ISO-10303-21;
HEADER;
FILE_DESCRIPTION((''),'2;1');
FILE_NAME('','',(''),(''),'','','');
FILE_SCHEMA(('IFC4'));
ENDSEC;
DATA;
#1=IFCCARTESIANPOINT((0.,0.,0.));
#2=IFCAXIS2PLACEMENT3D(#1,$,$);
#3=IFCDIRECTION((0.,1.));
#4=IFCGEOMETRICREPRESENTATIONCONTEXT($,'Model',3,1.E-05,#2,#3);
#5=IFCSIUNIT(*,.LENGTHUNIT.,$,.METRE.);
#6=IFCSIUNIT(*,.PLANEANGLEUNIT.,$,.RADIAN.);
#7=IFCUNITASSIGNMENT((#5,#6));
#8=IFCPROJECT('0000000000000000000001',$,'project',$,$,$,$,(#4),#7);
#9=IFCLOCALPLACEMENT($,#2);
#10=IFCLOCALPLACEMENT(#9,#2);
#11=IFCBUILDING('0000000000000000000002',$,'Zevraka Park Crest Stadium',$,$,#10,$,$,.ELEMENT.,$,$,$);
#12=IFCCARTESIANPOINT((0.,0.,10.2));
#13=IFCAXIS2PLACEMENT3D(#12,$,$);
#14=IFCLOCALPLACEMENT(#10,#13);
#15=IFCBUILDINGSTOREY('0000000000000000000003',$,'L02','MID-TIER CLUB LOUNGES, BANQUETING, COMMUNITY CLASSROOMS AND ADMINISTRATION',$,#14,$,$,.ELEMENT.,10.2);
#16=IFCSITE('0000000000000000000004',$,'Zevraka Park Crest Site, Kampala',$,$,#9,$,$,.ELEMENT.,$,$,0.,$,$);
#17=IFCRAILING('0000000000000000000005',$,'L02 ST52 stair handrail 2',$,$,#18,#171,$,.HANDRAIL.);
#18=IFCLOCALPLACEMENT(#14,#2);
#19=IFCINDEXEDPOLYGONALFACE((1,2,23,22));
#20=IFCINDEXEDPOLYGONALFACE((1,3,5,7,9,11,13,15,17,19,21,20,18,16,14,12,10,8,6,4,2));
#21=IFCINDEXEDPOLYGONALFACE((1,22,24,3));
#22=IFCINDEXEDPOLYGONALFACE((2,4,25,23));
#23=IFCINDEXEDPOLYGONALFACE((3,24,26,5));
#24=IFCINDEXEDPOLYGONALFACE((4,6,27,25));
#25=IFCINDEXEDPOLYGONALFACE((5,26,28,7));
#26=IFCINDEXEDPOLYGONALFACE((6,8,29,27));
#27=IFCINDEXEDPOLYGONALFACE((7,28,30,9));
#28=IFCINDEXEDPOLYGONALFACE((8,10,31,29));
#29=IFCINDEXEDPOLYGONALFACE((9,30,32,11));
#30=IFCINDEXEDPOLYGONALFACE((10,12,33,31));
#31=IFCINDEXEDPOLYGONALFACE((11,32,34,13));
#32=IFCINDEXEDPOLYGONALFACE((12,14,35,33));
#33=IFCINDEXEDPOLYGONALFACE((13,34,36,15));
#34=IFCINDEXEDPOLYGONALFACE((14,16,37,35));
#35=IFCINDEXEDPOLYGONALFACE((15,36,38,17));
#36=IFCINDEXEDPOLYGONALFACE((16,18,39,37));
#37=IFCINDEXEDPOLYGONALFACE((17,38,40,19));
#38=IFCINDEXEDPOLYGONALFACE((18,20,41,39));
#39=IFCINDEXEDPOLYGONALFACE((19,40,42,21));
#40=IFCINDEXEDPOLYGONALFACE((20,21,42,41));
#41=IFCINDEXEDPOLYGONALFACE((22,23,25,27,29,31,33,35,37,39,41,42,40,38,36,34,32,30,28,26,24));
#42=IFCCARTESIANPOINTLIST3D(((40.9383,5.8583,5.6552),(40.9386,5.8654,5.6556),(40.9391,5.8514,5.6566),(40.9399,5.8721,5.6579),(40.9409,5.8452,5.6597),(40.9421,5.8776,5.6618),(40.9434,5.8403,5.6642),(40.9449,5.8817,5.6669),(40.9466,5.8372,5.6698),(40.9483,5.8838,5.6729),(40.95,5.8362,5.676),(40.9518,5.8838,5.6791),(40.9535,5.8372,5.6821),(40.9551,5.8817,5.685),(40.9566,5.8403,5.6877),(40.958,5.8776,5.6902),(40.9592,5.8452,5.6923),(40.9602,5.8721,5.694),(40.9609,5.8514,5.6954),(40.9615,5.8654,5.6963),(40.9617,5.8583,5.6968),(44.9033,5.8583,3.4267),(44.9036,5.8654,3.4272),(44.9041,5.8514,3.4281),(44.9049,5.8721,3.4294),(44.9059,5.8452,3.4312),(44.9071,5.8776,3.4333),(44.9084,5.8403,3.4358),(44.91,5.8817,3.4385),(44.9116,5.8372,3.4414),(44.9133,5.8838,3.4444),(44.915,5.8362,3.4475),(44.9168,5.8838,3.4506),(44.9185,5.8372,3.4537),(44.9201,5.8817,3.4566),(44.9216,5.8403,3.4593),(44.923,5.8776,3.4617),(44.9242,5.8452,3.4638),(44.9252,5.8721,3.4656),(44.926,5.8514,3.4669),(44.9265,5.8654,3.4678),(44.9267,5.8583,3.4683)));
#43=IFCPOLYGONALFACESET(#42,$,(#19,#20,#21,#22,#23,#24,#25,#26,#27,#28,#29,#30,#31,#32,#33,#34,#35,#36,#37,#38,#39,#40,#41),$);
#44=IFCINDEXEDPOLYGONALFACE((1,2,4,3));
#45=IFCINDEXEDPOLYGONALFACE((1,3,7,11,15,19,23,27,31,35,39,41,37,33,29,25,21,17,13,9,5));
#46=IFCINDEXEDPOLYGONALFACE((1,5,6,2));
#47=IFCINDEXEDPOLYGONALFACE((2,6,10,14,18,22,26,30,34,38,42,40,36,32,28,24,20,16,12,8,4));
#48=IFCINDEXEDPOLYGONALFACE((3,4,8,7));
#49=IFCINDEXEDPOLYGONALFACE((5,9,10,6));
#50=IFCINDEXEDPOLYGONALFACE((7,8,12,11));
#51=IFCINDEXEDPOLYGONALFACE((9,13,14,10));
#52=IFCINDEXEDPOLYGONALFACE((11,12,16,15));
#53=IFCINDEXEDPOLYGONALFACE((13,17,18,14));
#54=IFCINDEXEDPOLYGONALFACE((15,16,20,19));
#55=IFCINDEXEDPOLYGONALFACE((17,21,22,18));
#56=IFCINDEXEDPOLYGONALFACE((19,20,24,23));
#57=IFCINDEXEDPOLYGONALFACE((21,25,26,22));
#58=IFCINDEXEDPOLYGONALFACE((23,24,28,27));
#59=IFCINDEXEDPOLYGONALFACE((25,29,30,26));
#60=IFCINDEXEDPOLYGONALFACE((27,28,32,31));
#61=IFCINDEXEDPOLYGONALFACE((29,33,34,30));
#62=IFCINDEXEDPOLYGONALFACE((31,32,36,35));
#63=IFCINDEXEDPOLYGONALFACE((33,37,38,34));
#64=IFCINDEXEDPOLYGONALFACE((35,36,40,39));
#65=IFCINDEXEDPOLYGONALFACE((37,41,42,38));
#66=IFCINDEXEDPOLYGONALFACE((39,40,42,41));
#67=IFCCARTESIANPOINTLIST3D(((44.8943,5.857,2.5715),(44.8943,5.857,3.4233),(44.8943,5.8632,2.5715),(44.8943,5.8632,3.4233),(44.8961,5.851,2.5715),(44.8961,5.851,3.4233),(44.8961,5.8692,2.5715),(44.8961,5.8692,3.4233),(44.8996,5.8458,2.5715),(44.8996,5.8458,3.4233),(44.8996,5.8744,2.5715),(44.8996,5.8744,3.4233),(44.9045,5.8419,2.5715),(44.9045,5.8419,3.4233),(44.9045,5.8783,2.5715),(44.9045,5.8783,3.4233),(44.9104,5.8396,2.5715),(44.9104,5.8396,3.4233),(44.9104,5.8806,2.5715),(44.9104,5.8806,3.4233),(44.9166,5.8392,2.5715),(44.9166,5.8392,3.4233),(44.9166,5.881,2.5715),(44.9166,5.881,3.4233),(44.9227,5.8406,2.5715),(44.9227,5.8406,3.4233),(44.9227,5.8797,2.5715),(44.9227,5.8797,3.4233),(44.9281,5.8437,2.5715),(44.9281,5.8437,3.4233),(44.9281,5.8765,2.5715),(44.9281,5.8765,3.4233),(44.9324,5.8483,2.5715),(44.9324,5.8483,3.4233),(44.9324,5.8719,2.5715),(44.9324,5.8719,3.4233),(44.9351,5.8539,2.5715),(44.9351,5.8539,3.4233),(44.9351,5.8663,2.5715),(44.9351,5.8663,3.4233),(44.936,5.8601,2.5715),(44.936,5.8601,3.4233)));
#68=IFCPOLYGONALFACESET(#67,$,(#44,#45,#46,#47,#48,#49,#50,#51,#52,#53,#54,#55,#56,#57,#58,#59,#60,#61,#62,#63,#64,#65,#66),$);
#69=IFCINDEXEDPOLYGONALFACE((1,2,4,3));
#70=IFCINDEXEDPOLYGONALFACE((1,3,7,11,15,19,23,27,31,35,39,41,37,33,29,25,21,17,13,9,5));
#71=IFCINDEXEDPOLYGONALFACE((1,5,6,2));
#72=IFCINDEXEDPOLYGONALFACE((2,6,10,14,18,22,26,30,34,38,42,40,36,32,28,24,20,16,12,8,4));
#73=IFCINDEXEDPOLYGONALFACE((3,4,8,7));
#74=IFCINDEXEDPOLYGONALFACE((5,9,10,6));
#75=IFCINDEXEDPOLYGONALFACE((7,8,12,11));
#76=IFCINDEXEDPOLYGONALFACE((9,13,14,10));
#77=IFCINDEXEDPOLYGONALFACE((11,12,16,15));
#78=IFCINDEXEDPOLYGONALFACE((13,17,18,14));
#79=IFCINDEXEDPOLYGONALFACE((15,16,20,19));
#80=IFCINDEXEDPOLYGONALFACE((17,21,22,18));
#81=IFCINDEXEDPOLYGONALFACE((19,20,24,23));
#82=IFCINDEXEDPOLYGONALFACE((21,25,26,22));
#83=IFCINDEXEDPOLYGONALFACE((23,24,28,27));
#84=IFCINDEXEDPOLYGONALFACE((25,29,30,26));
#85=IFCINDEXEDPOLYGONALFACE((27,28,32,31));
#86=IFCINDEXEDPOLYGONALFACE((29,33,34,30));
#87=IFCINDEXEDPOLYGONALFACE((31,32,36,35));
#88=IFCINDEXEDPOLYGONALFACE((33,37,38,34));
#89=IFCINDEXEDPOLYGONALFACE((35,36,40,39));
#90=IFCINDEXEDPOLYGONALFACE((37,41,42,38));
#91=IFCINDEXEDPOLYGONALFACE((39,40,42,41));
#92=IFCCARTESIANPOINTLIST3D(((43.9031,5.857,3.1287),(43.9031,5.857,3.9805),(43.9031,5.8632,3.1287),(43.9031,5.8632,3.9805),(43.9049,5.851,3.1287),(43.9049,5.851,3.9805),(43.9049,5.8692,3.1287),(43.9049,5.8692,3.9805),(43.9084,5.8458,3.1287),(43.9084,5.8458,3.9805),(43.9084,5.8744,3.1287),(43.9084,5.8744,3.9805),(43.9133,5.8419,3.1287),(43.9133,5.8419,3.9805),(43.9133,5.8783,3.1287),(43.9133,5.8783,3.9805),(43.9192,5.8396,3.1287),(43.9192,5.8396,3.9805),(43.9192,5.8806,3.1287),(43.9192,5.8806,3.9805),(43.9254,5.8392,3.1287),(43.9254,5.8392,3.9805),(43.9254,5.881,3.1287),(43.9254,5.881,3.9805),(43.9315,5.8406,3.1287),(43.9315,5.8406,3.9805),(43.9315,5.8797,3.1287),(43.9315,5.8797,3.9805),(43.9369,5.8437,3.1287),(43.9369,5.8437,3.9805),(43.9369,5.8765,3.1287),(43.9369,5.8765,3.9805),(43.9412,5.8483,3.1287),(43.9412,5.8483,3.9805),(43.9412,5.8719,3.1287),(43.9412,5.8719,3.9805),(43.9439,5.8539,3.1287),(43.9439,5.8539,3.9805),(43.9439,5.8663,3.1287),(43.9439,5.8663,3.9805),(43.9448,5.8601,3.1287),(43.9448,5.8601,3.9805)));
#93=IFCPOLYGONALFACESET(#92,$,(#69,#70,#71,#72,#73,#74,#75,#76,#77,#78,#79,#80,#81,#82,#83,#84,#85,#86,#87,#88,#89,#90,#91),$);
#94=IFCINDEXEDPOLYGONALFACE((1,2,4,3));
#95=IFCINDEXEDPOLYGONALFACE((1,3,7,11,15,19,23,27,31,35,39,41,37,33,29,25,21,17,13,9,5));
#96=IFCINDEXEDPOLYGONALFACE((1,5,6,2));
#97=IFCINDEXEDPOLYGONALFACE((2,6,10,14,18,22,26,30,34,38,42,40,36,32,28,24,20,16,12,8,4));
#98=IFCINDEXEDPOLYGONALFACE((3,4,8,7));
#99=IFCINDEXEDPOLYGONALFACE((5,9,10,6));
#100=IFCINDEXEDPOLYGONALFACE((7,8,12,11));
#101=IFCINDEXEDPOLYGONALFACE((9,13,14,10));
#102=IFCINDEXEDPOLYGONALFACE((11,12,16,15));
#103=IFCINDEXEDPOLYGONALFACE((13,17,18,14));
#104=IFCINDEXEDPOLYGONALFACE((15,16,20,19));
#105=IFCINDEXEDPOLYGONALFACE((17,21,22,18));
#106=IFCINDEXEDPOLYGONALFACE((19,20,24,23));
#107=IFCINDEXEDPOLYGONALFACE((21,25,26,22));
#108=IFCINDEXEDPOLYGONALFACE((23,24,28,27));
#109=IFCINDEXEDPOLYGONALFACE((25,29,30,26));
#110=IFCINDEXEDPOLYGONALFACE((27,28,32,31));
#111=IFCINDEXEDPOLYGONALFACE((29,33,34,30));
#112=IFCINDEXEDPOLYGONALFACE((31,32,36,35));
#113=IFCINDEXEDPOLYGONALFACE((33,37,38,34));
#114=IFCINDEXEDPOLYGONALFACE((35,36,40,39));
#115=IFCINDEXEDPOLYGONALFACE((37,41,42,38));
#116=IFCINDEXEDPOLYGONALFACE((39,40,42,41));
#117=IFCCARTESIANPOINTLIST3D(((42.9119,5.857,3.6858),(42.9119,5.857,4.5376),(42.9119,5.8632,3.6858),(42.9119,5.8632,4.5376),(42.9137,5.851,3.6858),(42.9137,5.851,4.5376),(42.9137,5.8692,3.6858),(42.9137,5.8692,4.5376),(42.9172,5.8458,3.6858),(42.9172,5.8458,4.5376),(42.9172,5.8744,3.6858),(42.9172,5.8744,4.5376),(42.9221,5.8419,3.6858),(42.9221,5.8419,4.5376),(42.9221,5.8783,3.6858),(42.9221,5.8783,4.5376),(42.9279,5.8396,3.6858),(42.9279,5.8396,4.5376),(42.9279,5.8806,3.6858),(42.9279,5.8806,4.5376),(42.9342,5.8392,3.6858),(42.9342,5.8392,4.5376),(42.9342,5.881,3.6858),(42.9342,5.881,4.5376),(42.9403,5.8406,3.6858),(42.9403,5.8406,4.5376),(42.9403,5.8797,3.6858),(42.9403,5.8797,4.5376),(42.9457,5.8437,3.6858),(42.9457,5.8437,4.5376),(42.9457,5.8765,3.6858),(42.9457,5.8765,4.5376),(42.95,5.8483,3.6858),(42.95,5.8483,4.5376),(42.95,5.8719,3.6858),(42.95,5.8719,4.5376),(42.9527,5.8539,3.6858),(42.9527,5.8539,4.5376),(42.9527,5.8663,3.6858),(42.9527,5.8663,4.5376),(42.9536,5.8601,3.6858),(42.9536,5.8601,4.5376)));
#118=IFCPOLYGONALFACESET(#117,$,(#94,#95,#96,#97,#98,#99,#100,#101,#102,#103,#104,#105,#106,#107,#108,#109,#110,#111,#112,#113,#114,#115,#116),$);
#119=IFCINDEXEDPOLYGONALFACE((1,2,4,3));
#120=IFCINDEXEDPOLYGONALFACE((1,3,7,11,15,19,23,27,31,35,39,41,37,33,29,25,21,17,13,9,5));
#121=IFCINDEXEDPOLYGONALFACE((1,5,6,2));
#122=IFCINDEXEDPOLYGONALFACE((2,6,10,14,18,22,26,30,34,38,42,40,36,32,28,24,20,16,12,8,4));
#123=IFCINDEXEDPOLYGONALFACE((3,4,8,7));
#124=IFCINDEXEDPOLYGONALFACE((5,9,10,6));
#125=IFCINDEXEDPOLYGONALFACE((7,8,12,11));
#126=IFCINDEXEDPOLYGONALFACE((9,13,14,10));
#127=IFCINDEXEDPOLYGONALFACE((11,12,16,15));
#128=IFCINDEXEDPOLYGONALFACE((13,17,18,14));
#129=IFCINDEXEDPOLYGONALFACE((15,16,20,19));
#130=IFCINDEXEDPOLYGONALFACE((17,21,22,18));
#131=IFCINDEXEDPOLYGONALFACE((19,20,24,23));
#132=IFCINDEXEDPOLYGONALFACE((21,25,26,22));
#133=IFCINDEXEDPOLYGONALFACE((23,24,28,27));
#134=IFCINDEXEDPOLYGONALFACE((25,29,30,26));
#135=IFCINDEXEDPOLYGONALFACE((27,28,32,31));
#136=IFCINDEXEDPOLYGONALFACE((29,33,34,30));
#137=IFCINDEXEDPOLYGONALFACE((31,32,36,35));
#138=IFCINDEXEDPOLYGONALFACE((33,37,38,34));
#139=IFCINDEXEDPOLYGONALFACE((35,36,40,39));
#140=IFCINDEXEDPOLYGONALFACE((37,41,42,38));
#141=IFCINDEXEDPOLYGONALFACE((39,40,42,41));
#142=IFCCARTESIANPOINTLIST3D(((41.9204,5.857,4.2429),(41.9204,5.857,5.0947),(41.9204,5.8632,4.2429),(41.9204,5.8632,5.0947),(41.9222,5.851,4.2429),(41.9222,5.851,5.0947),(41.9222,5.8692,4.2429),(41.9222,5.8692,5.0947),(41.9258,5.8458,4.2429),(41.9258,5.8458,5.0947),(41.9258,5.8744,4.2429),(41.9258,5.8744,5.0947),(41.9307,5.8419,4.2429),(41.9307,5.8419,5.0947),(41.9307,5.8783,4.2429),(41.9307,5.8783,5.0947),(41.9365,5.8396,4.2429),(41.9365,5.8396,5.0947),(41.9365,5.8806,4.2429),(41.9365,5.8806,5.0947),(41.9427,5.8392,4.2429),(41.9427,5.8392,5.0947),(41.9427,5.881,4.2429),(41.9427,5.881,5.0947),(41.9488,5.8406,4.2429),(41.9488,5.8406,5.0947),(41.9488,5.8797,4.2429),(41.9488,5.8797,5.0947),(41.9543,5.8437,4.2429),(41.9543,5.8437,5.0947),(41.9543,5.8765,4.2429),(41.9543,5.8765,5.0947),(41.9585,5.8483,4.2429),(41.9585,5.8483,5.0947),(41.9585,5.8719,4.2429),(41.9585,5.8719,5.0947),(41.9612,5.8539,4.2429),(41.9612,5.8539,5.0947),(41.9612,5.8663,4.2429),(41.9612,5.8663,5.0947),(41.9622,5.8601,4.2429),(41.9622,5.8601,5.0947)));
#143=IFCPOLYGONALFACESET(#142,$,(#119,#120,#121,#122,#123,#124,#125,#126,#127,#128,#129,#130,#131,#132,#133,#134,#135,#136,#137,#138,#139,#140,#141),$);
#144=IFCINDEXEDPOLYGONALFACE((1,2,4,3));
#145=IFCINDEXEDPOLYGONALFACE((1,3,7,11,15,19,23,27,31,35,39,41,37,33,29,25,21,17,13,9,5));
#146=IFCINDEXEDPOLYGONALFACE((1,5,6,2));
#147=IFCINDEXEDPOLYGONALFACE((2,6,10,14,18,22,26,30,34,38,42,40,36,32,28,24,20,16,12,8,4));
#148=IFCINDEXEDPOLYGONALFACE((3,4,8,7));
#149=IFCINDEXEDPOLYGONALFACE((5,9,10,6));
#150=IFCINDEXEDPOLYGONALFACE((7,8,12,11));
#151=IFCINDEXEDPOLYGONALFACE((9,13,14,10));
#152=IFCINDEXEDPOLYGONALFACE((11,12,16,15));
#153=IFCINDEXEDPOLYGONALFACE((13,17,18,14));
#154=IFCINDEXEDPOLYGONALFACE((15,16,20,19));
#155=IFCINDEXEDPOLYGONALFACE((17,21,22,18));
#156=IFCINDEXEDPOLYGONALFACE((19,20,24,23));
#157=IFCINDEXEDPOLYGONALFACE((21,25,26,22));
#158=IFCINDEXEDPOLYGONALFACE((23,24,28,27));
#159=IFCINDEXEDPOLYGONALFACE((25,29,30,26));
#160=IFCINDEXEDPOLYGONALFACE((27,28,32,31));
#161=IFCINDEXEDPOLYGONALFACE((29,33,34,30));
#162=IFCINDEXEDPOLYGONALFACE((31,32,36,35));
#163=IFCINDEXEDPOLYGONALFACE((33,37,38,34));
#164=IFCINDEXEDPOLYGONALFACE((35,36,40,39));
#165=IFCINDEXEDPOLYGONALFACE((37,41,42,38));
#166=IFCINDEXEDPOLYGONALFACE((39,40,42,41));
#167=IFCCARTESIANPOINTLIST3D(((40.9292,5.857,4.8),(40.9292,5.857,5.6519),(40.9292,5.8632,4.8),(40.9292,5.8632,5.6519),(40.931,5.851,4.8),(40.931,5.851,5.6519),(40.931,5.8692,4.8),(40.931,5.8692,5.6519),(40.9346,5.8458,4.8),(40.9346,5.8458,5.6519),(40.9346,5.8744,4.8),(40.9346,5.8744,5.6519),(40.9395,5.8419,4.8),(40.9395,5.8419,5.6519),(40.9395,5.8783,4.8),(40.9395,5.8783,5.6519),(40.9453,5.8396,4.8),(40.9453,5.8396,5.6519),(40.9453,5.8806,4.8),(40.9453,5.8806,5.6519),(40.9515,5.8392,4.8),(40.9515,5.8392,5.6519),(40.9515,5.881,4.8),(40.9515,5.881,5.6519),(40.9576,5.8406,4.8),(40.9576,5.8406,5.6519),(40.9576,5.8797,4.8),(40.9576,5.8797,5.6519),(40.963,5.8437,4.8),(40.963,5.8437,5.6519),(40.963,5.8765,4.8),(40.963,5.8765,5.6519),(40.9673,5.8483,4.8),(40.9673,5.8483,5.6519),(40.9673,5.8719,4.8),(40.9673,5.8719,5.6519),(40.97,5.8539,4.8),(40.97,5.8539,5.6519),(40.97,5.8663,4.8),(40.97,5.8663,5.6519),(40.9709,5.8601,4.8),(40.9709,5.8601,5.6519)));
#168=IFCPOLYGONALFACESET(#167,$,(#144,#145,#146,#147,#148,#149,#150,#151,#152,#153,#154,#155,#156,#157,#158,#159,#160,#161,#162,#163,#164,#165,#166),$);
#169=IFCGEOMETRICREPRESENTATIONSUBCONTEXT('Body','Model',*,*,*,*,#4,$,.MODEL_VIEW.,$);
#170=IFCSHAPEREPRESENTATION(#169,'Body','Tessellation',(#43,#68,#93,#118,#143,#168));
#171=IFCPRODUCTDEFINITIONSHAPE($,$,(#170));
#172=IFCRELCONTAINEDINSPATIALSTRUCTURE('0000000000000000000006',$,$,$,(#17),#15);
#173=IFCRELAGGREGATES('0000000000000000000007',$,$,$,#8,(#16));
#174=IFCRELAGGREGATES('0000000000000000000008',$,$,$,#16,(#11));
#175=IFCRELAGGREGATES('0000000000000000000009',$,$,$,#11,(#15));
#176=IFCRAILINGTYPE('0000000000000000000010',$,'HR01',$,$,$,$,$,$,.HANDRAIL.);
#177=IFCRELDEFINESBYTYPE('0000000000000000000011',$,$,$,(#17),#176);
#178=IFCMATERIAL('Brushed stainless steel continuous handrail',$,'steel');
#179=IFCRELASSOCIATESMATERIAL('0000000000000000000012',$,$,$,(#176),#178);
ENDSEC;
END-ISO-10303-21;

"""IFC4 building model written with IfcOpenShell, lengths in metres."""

from ifc_helpers import new_model, si_unit, direction, frame, origin, origin_2d, place, context, subcontext, project, spatial, circle, extrude, material, type_object, element, save


model = new_model("IFC4")

# Units and contexts
model_context = context("Model", 3, precision=1e-05, world=origin(), true_north=direction((0.0, 1.0)))
body_context = subcontext(model_context, "Body", "Model", "MODEL_VIEW")
ifc_project = project(units=[si_unit("LENGTHUNIT", "METRE"), si_unit("PLANEANGLEUNIT", "RADIAN")], contexts=[model_context])

# Site, building, storey
site_placement = place(None, origin())
site = spatial("IfcSite", under=ifc_project, at=site_placement, Name="Zevraka Park Crest Site, Kampala", CompositionType="ELEMENT", RefElevation=0.0)
building_placement = place(site_placement, origin())
building = spatial("IfcBuilding", under=site, at=building_placement, Name="Zevraka Park Crest Stadium", CompositionType="ELEMENT")
storey_placement = place(building_placement, frame((0.0, 0.0, 10.2)))
storey = spatial("IfcBuildingStorey", under=building, at=storey_placement, Name="L02", Description="MID-TIER CLUB LOUNGES, BANQUETING, COMMUNITY CLASSROOMS AND ADMINISTRATION", CompositionType="ELEMENT", Elevation=10.2)

# Railing
ifc_material_1 = material(Name="Brushed stainless steel continuous handrail", Category="steel")
railing_type_1 = type_object("IfcRailingType", Name="HR01", PredefinedType="HANDRAIL", material=ifc_material_1)
railing_1_placement = place(storey_placement, frame((44.915, 5.8601, 2.5715)))
element("IfcRailing", 1, at=railing_1_placement, inside=storey, type_object=railing_type_1, Name="L02 ST52 stair handrail 2", PredefinedType="HANDRAIL", context=body_context, shape_type="SweptSolid", body=[
    extrude(circle(Radius=0.0239, at=origin_2d()), frame((0.0, 0.0, 0.876), z_axis=(-0.871749, 0.0, 0.489953), x_axis=(0.0, -1.0, 0.0)), (0.0, 0.0, 1.0), 4.5483),
    extrude(circle(Radius=0.021, at=origin_2d()), origin(), (0.0, 0.0, 1.0), 0.8518),
    extrude(circle(Radius=0.021, at=origin_2d()), frame((-0.9912, 0.0, 0.5571)), (0.0, 0.0, 1.0), 0.8518),
    extrude(circle(Radius=0.021, at=origin_2d()), frame((-1.9824, 0.0, 1.1143)), (0.0, 0.0, 1.0), 0.8518),
    extrude(circle(Radius=0.021, at=origin_2d()), frame((-2.9739, 0.0, 1.6714)), (0.0, 0.0, 1.0), 0.8518),
    extrude(circle(Radius=0.021, at=origin_2d()), frame((-3.9651, 0.0, 2.2285)), (0.0, 0.0, 1.0), 0.8518),
])

save(model, "model.ifc")
